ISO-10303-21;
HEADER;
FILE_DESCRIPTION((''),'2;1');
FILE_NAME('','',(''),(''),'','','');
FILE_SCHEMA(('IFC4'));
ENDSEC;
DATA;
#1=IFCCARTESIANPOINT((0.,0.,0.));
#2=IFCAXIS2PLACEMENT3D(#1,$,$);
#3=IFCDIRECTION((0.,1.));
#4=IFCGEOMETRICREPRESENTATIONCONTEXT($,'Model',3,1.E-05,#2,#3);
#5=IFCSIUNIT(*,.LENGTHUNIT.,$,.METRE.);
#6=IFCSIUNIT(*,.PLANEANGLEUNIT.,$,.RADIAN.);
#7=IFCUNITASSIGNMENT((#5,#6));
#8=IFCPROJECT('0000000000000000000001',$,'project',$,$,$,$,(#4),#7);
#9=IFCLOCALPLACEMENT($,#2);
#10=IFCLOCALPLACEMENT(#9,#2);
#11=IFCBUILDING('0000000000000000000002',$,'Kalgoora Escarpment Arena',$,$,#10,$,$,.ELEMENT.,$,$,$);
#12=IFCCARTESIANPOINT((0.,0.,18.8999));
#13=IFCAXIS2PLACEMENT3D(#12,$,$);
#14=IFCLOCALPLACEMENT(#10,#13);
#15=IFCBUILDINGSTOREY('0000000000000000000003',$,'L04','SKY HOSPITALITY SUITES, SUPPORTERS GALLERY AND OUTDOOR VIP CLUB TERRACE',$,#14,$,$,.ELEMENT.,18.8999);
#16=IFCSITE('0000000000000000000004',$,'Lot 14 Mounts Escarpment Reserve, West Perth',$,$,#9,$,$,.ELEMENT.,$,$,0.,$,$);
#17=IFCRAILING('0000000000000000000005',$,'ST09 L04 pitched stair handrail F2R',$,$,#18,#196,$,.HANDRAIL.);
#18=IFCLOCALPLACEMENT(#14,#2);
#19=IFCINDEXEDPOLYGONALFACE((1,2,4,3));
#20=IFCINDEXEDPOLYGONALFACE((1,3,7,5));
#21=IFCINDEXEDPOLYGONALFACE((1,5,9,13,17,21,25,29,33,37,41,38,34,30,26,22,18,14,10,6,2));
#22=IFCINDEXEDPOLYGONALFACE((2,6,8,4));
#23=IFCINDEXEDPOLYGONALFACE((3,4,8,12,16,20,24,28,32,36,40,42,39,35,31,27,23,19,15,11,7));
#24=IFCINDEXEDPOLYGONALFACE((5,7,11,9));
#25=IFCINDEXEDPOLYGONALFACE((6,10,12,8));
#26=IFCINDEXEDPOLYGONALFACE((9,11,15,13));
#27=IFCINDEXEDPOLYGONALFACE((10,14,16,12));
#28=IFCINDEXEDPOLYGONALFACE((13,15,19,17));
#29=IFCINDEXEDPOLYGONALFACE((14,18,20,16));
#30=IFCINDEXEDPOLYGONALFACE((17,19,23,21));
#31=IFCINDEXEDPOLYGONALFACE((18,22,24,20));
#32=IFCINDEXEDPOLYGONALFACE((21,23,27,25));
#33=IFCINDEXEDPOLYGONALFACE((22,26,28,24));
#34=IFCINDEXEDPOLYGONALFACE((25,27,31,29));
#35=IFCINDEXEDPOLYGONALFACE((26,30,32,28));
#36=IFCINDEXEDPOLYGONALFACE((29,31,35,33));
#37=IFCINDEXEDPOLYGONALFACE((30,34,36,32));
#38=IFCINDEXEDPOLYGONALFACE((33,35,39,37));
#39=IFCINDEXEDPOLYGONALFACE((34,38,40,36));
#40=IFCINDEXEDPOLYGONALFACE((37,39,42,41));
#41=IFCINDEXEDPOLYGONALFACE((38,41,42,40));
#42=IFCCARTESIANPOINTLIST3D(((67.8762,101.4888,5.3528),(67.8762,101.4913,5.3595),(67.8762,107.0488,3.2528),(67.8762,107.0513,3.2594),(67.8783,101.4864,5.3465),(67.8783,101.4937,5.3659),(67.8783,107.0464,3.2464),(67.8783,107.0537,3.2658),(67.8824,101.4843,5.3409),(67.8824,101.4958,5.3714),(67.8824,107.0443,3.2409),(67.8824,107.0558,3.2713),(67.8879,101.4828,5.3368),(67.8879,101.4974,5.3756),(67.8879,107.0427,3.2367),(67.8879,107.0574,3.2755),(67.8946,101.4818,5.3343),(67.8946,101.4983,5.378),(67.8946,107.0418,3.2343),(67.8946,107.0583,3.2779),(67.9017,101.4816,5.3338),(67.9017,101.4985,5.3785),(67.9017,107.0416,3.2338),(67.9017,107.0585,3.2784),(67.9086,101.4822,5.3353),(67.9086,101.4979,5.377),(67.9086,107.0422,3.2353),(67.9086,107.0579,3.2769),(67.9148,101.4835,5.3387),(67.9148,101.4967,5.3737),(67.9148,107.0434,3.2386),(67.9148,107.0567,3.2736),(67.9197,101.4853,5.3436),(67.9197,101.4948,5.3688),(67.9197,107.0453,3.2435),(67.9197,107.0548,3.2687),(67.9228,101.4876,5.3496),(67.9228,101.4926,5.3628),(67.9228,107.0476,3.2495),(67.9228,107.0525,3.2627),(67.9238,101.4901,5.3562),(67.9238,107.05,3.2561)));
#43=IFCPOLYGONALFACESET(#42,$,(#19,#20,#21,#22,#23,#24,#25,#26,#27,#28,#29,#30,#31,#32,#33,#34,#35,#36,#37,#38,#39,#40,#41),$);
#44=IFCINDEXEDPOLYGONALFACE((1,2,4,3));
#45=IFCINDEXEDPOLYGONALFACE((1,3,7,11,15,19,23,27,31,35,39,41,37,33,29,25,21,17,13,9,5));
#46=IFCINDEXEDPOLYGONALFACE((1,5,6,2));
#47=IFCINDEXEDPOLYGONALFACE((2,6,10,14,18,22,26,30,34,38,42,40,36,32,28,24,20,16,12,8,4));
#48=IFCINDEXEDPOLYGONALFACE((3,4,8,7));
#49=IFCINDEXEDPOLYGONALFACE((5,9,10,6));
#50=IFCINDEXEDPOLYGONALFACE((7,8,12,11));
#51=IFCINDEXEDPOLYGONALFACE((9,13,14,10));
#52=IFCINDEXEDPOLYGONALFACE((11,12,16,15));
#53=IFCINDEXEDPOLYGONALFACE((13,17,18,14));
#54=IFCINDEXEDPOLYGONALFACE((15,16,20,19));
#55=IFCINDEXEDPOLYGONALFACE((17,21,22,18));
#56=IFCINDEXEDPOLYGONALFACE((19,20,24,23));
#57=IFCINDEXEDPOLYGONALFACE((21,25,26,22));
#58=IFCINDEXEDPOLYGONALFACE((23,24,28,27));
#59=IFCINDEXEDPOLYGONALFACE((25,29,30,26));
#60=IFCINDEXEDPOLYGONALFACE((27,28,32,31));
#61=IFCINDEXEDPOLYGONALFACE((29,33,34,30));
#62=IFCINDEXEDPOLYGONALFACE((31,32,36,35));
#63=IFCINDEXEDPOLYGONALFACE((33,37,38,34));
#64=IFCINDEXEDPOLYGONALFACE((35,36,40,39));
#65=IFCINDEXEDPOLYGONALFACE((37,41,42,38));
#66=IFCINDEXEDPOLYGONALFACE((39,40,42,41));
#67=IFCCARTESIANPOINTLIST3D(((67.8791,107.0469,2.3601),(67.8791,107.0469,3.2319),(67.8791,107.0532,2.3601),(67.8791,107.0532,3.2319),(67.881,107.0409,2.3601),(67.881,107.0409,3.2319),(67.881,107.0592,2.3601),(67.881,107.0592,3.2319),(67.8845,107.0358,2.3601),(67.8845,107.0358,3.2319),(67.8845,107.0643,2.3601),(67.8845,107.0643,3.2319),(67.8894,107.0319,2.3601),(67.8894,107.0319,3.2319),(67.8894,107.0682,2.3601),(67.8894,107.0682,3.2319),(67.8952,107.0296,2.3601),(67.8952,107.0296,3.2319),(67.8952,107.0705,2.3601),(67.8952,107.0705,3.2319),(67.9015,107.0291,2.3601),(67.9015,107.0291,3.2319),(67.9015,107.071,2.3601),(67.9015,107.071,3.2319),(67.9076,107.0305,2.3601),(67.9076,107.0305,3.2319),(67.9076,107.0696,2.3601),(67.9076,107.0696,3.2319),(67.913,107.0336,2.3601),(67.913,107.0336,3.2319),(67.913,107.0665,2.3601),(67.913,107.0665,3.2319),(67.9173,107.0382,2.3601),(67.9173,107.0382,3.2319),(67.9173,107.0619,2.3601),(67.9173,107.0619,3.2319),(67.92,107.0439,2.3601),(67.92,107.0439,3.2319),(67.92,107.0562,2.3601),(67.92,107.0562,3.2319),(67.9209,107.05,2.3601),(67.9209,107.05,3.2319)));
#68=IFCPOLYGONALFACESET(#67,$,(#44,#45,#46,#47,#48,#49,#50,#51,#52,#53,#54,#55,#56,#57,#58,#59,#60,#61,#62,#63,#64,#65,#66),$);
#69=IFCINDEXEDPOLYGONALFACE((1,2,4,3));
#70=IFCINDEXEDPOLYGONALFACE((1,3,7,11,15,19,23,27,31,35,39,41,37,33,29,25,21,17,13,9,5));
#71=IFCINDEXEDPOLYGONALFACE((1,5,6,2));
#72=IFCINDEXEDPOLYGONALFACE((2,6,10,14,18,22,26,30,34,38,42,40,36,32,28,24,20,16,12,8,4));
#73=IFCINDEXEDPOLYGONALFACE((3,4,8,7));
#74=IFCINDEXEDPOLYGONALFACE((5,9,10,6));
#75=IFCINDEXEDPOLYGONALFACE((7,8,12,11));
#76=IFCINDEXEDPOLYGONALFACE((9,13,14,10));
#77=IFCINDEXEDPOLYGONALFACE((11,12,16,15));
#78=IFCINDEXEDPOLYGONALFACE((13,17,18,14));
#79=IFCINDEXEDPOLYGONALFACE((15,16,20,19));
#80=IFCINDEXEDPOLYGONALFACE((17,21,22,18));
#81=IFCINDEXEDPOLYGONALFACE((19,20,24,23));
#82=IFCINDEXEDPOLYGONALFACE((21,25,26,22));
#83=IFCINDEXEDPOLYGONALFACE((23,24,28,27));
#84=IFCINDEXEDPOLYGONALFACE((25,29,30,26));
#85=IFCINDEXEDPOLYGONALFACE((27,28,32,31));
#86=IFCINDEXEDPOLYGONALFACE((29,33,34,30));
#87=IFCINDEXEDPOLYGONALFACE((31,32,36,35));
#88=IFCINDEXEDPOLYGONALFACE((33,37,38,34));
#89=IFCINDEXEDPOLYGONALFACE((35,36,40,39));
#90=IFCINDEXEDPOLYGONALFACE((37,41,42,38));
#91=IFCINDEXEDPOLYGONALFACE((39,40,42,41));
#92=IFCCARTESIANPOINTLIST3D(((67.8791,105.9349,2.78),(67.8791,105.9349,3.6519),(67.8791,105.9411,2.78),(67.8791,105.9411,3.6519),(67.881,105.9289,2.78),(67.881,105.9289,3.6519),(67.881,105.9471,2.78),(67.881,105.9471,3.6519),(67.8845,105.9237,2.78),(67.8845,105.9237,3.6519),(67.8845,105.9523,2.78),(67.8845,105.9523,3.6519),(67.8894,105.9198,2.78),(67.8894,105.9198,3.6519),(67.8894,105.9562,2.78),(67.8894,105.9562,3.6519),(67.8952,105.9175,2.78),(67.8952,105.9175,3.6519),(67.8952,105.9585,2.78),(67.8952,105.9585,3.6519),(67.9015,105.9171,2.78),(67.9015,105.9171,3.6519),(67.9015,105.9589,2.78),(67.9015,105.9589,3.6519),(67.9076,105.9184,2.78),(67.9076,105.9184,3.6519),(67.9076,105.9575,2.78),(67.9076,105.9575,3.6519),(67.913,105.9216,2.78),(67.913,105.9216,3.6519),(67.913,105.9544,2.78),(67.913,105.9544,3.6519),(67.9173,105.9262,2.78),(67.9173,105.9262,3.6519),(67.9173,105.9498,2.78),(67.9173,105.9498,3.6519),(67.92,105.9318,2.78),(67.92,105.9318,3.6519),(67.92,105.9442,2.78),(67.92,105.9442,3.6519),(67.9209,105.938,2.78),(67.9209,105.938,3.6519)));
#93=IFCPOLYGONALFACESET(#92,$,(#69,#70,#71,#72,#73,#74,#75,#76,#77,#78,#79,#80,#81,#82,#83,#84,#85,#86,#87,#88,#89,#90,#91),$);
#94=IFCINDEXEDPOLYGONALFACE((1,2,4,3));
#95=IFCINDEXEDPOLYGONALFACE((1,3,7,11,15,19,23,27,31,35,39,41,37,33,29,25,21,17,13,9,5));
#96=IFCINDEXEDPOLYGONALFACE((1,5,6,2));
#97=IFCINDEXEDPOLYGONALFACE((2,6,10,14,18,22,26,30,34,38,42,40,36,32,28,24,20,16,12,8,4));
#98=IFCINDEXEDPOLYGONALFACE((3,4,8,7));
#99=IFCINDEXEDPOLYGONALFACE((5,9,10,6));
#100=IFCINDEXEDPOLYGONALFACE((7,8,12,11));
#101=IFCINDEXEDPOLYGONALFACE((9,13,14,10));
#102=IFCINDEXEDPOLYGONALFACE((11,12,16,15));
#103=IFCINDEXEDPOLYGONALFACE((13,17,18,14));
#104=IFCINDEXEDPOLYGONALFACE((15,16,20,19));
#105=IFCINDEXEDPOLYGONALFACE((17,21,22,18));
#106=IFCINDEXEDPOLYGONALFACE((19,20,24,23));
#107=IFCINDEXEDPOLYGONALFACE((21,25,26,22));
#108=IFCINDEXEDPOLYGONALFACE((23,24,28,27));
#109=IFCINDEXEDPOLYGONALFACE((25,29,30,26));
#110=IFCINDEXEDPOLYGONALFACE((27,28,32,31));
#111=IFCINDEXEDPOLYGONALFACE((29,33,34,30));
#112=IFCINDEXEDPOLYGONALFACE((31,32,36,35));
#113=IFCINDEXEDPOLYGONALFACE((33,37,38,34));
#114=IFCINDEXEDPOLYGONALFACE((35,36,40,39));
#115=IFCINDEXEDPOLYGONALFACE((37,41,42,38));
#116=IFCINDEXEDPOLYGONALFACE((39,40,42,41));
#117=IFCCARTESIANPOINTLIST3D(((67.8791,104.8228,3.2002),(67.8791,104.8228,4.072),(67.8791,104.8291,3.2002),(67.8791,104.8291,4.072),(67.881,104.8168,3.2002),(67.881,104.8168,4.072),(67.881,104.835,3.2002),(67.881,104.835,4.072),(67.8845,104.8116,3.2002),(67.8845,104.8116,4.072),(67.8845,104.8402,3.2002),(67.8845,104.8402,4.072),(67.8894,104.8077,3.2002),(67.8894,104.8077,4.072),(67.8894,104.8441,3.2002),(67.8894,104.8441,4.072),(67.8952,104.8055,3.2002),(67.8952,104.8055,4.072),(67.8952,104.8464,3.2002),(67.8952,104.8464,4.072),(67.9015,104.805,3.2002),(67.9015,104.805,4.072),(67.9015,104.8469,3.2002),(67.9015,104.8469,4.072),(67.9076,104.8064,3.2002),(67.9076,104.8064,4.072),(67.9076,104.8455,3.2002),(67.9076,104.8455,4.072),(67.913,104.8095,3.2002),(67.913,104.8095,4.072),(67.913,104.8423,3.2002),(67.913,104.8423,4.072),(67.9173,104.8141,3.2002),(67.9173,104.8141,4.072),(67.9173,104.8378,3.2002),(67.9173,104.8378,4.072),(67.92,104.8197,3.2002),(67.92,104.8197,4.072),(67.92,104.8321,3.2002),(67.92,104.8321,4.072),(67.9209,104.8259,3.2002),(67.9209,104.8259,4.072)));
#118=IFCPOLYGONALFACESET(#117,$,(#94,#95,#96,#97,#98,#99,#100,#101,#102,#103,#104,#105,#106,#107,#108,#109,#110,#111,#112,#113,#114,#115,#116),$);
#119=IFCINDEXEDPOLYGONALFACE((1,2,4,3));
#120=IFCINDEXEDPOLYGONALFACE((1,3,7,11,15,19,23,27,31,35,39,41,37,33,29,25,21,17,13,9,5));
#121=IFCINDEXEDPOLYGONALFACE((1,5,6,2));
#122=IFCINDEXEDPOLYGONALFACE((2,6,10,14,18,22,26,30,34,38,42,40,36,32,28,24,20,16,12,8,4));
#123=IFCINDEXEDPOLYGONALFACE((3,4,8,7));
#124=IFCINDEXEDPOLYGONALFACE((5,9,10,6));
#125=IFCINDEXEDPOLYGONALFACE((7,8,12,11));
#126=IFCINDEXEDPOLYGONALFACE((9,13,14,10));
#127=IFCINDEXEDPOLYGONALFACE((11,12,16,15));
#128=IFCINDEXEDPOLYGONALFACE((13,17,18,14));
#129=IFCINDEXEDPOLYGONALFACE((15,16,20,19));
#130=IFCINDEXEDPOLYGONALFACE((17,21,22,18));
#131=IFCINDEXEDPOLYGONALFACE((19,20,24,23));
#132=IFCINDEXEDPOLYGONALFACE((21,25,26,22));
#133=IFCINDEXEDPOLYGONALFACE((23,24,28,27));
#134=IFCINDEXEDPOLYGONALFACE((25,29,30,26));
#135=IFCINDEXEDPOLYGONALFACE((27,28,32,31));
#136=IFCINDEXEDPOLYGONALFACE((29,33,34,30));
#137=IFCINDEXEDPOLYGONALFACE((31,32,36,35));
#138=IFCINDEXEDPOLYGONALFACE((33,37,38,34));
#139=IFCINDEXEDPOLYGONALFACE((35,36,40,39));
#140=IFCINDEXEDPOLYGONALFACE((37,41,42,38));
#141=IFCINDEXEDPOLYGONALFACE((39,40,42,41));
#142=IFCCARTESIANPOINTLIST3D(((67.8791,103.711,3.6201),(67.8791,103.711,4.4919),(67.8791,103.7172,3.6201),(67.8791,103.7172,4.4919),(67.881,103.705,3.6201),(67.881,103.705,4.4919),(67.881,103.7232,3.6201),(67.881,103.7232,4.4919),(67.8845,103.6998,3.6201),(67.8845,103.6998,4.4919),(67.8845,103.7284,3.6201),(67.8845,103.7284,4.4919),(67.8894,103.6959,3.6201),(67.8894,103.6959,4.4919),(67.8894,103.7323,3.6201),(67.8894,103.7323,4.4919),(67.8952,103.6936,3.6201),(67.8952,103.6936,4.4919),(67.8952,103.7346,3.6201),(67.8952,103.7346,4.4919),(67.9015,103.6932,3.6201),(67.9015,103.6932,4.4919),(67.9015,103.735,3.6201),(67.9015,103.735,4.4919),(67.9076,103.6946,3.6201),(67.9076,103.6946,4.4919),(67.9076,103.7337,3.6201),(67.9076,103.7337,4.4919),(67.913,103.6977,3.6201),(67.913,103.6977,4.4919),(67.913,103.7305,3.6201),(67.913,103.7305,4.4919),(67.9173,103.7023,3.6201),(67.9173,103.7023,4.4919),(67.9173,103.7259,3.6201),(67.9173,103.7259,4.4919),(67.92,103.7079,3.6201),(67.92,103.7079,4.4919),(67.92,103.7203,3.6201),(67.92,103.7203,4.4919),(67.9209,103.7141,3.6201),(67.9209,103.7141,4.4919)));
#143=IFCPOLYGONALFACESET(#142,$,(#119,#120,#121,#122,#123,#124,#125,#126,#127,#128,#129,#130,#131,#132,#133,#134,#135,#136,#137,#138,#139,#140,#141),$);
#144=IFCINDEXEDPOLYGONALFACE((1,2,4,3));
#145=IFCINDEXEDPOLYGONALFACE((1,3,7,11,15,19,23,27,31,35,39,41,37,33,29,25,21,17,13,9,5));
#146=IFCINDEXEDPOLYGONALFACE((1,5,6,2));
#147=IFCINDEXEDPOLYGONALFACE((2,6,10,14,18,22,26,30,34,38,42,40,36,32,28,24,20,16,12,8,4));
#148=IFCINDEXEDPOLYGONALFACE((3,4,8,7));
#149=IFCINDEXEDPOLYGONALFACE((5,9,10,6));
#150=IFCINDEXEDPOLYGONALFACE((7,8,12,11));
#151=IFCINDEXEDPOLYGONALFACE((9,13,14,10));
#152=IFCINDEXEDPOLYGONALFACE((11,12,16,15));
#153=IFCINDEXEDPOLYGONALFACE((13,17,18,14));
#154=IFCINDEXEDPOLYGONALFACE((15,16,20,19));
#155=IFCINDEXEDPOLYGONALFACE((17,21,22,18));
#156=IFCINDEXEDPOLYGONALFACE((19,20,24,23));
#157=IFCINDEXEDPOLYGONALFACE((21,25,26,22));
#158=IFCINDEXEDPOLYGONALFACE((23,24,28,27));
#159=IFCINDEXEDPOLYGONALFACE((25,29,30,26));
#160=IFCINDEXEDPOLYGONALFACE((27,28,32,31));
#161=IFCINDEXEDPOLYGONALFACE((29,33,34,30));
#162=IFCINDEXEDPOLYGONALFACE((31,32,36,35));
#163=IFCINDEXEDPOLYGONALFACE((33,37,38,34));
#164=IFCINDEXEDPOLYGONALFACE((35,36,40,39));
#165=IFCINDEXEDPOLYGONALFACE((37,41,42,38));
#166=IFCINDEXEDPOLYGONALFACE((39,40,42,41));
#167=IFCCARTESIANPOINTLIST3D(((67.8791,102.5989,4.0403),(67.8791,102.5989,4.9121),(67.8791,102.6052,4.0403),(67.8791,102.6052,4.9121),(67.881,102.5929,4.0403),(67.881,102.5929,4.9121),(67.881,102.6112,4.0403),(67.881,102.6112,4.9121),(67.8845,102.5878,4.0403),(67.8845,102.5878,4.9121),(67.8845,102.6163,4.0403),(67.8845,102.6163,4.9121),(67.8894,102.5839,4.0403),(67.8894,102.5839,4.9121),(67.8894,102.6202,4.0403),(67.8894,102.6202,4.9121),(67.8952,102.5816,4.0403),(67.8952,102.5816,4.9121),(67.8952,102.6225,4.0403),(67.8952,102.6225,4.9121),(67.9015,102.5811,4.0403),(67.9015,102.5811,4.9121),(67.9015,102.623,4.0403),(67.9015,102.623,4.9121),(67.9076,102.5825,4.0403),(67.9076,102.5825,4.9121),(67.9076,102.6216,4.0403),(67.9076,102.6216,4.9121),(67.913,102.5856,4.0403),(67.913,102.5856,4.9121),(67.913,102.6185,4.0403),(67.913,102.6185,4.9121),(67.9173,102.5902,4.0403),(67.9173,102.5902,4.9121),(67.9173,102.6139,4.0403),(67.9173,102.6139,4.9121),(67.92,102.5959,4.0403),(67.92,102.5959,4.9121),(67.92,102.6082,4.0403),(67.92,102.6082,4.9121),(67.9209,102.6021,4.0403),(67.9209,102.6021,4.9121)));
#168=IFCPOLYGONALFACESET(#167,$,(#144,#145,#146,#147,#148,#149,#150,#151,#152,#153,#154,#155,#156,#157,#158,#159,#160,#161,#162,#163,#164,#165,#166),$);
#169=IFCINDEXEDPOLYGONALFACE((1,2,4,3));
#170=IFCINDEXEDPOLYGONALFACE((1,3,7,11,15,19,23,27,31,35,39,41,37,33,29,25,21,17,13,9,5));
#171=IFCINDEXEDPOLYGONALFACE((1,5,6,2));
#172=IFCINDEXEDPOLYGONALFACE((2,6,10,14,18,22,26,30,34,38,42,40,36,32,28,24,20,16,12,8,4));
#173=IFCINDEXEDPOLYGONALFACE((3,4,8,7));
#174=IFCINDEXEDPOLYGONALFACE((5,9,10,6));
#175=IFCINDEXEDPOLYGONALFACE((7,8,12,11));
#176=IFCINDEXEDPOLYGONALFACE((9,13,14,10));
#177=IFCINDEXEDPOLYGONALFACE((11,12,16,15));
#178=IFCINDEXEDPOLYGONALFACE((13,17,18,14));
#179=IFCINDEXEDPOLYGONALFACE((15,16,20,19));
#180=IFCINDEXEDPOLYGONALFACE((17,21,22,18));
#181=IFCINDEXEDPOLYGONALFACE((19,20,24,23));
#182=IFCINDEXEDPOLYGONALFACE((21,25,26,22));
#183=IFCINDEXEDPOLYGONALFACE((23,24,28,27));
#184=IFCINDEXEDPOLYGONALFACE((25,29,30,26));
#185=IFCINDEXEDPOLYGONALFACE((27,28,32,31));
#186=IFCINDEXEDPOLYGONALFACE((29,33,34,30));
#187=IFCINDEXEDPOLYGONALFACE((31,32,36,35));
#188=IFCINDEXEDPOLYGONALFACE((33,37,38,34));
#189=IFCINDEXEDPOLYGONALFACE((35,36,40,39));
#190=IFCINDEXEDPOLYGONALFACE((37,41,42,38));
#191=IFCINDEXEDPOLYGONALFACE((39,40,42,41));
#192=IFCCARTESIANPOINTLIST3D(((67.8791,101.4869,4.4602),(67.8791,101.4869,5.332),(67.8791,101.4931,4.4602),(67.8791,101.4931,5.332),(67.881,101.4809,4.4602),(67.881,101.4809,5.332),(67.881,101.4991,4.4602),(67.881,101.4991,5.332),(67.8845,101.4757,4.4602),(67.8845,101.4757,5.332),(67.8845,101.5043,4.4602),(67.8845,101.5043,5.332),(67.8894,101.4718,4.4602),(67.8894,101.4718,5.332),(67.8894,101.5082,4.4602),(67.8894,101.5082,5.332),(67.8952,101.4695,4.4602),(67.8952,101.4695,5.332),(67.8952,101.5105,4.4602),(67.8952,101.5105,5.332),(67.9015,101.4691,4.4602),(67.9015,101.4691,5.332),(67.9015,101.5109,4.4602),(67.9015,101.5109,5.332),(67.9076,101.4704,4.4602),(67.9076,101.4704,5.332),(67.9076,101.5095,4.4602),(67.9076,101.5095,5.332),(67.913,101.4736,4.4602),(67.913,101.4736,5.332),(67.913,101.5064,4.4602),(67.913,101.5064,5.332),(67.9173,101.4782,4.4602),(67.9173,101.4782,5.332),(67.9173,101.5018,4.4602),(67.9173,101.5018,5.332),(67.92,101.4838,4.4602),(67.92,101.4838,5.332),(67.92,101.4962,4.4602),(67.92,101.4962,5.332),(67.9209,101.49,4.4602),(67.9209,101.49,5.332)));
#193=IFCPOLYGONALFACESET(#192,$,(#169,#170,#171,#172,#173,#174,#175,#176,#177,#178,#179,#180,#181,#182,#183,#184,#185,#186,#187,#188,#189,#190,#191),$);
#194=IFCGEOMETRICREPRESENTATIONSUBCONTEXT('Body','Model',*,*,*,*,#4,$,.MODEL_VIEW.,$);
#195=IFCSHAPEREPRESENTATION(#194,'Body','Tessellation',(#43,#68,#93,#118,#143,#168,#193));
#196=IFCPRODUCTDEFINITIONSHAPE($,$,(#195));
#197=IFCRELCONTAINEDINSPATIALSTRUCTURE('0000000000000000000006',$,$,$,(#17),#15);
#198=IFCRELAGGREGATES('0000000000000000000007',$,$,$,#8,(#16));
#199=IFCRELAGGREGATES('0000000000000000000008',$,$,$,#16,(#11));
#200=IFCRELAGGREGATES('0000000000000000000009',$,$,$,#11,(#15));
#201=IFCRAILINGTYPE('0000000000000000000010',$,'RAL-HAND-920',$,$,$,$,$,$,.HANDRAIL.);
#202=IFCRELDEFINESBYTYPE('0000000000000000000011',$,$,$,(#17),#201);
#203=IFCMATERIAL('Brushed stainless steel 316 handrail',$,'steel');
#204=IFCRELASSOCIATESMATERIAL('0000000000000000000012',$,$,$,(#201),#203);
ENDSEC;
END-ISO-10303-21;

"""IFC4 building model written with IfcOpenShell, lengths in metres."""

from ifc_helpers import new_model, si_unit, direction, frame, origin, origin_2d, place, context, subcontext, project, spatial, circle, extrude, material, type_object, element, save


model = new_model("IFC4")

# Units and contexts
model_context = context("Model", 3, precision=1e-05, world=origin(), true_north=direction((0.0, 1.0)))
body_context = subcontext(model_context, "Body", "Model", "MODEL_VIEW")
ifc_project = project(units=[si_unit("LENGTHUNIT", "METRE"), si_unit("PLANEANGLEUNIT", "RADIAN")], contexts=[model_context])

# Site, building, storey
site_placement = place(None, origin())
site = spatial("IfcSite", under=ifc_project, at=site_placement, Name="Lot 14 Mounts Escarpment Reserve, West Perth", CompositionType="ELEMENT", RefElevation=0.0)
building_placement = place(site_placement, origin())
building = spatial("IfcBuilding", under=site, at=building_placement, Name="Kalgoora Escarpment Arena", CompositionType="ELEMENT")
storey_placement = place(building_placement, frame((0.0, 0.0, 18.8999)))
storey = spatial("IfcBuildingStorey", under=building, at=storey_placement, Name="L04", Description="SKY HOSPITALITY SUITES, SUPPORTERS GALLERY AND OUTDOOR VIP CLUB TERRACE", CompositionType="ELEMENT", Elevation=18.8999)

# Railing
ifc_material_1 = material(Name="Brushed stainless steel 316 handrail", Category="steel")
railing_type_1 = type_object("IfcRailingType", Name="RAL-HAND-920", PredefinedType="HANDRAIL", material=ifc_material_1)
for number, where, name in (
    (1, (67.8999, 107.05, 2.3601), "ST09 L04 pitched stair handrail F2R"),
):
    element("IfcRailing", number, at=place(storey_placement, frame(where)), inside=storey, type_object=railing_type_1, Name=name, PredefinedType="HANDRAIL", context=body_context, shape_type="SweptSolid", body=[
        extrude(circle(Radius=0.0239, at=origin_2d()), frame((0.0, 0.0, 0.896), z_axis=(0.0, -0.935493, 0.353346), x_axis=(1.0, 0.0, 0.0)), (0.0, 0.0, 1.0), 5.9434),
        extrude(circle(Radius=0.021, at=origin_2d()), origin(), (0.0, 0.0, 1.0), 0.8718),
        extrude(circle(Radius=0.021, at=origin_2d()), frame((0.0, -1.1121, 0.4199)), (0.0, 0.0, 1.0), 0.8718),
        extrude(circle(Radius=0.021, at=origin_2d()), frame((0.0, -2.2241, 0.8401)), (0.0, 0.0, 1.0), 0.8718),
        extrude(circle(Radius=0.021, at=origin_2d()), frame((0.0, -3.3359, 1.26)), (0.0, 0.0, 1.0), 0.8718),
        extrude(circle(Radius=0.021, at=origin_2d()), frame((0.0, -4.448, 1.6802)), (0.0, 0.0, 1.0), 0.8718),
        extrude(circle(Radius=0.021, at=origin_2d()), frame((0.0, -5.5601, 2.1001)), (0.0, 0.0, 1.0), 0.8718),
    ])

save(model, "model.ifc")
